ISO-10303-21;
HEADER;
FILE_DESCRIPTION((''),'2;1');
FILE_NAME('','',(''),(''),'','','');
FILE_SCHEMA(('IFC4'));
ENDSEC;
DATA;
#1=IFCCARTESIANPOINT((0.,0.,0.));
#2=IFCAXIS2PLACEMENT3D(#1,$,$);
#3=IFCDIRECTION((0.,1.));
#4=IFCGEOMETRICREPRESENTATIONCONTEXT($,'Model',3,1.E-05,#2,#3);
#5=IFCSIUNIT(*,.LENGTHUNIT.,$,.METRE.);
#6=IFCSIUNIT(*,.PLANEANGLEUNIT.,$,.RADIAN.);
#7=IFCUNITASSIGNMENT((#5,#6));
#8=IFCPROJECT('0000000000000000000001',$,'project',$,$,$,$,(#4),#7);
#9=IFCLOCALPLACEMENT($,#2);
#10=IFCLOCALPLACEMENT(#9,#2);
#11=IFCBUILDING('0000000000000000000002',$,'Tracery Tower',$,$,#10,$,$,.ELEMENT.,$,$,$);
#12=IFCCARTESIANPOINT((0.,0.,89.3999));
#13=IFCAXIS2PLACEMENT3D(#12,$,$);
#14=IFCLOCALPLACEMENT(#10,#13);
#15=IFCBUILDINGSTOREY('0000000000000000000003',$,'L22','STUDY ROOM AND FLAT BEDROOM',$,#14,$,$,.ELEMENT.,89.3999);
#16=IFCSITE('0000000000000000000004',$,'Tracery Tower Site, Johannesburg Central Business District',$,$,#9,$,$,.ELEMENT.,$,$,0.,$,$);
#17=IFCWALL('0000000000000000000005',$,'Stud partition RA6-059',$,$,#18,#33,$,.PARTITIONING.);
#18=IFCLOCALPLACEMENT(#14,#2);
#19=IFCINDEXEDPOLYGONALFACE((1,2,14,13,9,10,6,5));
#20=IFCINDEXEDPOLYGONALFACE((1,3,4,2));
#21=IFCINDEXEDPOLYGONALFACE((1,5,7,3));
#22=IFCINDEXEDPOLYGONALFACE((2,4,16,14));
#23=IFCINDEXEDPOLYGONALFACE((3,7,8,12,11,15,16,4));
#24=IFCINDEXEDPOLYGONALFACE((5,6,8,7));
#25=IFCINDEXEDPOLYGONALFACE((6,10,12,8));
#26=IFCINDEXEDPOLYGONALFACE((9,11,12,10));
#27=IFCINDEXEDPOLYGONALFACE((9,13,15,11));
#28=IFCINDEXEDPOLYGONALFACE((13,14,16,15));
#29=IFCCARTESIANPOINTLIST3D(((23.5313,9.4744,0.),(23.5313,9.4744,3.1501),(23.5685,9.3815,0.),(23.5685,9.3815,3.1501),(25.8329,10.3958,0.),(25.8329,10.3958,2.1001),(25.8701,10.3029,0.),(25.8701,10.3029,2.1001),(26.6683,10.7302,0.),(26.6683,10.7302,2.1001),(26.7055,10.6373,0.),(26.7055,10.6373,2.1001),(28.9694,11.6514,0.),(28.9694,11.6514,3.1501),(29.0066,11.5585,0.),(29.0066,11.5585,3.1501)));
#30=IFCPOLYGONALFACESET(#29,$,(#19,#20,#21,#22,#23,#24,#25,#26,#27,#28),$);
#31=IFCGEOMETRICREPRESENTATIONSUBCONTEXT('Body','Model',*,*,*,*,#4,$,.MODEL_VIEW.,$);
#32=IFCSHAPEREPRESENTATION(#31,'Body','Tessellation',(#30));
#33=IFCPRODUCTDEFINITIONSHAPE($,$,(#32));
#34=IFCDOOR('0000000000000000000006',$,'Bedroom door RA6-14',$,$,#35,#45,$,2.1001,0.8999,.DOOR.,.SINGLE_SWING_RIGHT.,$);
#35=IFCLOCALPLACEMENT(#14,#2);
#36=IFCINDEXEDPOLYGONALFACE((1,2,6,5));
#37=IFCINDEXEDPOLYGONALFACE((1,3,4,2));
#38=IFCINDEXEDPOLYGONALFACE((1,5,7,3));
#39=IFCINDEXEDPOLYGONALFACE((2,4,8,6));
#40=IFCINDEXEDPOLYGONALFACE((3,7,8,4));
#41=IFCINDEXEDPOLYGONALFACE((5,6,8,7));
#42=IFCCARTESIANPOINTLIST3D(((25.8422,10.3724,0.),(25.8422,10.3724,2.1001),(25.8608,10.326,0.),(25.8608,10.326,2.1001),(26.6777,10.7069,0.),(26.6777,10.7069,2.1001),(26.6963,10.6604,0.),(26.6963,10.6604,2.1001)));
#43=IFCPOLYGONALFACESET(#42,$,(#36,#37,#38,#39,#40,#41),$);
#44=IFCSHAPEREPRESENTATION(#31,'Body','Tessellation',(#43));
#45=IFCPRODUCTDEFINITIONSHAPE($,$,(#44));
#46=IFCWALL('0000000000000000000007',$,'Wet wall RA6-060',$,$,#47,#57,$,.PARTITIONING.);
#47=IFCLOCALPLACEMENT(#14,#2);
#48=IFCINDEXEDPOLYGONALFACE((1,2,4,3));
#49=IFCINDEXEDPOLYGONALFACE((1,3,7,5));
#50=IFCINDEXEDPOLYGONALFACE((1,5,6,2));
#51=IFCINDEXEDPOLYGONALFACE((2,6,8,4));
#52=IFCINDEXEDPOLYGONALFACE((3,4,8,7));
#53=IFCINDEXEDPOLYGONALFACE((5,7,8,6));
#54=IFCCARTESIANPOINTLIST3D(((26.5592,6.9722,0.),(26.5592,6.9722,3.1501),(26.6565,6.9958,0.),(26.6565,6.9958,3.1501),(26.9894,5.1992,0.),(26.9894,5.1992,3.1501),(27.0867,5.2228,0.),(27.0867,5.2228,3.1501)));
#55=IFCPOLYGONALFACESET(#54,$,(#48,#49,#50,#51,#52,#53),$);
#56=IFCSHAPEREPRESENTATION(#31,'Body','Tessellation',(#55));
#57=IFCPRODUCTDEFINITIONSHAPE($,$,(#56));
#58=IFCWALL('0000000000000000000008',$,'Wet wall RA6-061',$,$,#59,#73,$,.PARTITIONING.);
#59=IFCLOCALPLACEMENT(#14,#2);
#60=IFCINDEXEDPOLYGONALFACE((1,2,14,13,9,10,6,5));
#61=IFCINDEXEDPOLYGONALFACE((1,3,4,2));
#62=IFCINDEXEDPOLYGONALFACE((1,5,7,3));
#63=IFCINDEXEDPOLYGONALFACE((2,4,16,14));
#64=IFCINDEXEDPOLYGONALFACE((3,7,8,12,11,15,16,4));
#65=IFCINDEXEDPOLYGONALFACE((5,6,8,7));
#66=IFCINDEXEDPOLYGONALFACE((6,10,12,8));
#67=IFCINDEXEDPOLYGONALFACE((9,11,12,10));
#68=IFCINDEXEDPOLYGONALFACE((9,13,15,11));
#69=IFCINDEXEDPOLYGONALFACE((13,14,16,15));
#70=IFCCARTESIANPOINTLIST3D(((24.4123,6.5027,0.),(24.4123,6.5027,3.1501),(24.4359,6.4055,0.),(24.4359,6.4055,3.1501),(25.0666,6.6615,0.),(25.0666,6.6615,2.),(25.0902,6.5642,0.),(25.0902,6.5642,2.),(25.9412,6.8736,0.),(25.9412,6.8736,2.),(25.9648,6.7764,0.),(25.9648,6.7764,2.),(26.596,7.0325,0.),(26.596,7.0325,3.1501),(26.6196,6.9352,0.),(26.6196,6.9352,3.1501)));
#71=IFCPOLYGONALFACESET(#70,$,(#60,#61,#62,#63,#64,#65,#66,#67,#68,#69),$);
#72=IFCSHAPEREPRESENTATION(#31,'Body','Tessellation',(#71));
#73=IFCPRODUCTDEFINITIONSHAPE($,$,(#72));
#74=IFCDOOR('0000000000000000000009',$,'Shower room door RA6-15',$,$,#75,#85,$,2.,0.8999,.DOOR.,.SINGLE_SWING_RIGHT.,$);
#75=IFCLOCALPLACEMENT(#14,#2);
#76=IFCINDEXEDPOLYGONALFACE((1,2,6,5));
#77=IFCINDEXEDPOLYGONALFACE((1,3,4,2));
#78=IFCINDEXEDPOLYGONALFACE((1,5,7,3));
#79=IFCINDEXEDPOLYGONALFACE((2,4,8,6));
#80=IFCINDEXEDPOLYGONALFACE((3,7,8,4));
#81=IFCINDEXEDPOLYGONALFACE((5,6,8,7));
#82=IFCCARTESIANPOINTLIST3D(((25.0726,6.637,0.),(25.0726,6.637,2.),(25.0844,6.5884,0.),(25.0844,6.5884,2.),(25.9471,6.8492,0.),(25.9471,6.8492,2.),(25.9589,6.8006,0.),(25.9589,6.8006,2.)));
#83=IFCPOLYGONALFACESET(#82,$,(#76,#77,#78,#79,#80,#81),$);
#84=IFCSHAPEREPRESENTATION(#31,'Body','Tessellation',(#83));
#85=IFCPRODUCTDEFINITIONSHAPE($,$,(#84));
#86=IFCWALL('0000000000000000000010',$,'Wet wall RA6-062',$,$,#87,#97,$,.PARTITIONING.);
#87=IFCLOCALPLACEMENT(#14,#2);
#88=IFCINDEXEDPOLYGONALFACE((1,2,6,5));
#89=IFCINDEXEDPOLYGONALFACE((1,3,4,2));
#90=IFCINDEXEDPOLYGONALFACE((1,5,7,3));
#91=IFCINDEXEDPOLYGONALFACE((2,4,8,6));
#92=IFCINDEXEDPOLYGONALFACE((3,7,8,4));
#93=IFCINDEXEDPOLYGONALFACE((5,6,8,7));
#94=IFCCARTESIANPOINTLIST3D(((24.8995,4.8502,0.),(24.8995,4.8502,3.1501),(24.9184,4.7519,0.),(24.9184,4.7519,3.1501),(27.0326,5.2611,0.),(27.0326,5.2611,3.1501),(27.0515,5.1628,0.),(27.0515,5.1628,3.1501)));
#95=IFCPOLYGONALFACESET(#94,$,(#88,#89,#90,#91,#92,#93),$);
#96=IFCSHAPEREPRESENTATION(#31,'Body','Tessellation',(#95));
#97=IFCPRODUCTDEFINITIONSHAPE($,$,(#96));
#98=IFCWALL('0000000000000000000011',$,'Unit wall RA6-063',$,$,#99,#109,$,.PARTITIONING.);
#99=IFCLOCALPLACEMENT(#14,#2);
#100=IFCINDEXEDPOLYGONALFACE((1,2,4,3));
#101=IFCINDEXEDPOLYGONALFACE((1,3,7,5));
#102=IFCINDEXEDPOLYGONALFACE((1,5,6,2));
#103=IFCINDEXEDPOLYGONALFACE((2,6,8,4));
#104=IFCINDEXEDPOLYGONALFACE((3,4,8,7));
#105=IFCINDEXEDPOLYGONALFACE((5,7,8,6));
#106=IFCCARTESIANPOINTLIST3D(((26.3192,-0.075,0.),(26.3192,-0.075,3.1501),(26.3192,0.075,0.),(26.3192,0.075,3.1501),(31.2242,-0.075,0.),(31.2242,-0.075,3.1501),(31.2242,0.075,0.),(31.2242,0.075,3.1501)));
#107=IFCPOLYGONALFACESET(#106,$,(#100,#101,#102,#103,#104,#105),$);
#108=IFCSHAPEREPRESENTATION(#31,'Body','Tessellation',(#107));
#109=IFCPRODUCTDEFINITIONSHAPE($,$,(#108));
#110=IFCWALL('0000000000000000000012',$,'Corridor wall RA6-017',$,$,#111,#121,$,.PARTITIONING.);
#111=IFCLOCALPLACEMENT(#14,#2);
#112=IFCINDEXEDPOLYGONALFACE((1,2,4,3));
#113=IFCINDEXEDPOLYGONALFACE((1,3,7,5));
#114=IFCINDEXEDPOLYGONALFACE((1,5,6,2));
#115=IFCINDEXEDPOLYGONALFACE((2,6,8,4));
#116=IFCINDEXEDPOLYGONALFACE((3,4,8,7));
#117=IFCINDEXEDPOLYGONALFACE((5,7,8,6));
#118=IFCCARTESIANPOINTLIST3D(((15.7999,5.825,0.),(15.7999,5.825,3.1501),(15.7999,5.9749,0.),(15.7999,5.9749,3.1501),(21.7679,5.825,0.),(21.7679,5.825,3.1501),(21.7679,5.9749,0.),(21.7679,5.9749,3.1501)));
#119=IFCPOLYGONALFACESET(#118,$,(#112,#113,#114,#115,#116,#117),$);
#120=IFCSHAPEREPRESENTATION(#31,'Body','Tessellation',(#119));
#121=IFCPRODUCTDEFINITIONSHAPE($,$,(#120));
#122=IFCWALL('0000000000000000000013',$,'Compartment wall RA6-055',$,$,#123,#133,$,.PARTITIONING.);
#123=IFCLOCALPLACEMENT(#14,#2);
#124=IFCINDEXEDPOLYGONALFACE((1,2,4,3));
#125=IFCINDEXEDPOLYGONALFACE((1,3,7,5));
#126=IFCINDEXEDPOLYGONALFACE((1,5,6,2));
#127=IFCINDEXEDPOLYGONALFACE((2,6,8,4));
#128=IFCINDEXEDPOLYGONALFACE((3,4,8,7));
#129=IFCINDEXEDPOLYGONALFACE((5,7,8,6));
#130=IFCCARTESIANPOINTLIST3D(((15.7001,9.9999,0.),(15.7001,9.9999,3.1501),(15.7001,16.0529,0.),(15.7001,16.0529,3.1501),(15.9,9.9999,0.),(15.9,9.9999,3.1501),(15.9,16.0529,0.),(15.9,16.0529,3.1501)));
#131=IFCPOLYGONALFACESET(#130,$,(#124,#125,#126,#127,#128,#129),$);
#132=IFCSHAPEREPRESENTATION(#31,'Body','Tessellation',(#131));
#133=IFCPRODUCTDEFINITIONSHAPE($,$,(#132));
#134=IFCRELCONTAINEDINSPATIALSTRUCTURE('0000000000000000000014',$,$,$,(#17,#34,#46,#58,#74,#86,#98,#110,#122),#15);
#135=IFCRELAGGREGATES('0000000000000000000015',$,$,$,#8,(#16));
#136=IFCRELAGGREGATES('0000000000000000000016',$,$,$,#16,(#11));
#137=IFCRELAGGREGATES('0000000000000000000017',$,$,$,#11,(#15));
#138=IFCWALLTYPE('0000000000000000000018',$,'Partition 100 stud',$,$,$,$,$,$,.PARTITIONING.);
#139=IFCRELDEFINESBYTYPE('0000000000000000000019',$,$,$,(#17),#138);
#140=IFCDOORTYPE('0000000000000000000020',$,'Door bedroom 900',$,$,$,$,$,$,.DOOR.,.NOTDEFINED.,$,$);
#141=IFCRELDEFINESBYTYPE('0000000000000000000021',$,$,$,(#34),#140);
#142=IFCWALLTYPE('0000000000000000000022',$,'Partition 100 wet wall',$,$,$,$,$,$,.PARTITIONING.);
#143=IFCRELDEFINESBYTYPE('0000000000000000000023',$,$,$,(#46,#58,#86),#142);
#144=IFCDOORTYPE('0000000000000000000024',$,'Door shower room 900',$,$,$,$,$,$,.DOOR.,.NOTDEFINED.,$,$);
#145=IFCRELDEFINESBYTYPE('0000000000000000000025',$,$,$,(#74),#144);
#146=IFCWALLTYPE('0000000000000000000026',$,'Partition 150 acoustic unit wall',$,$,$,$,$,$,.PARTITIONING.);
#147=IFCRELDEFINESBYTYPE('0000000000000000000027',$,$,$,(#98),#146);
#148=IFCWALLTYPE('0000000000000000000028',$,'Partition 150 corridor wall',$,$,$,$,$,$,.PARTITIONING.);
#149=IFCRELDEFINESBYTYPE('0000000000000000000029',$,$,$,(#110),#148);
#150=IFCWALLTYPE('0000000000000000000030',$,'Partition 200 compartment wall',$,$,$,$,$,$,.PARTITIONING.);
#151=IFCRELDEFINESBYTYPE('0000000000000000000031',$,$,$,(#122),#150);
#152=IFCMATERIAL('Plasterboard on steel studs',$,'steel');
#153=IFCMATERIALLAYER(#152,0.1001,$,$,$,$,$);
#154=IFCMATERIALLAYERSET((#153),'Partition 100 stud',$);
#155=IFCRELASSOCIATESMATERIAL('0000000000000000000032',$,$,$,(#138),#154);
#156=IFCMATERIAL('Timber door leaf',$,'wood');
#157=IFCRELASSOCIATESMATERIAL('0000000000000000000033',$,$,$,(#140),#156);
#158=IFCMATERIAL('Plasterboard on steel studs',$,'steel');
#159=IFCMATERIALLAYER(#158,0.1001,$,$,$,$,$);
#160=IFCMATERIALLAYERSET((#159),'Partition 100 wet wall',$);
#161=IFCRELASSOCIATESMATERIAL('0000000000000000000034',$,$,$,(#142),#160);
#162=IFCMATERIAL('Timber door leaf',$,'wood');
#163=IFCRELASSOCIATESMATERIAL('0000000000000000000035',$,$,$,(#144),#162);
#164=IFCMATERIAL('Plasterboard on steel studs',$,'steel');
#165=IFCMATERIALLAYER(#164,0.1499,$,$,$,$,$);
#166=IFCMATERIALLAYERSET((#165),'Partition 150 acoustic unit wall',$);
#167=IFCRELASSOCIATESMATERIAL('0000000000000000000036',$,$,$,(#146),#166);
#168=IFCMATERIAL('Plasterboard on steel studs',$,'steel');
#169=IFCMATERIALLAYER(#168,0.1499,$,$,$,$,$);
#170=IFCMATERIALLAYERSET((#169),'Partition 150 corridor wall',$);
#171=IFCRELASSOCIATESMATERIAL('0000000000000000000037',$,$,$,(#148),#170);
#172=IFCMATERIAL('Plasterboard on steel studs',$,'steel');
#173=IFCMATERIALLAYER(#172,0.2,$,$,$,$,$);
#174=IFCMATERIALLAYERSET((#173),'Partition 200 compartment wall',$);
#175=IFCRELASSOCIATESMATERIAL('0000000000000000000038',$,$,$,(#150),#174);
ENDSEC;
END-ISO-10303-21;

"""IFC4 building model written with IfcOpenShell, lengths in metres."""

from ifc_helpers import new_model, si_unit, direction, frame, frame_2d, origin, place, context, subcontext, project, spatial, rectangle, extrude, material, layer, layer_set, type_object, element, fill, save


model = new_model("IFC4")

# Units and contexts
model_context = context("Model", 3, precision=1e-05, world=origin(), true_north=direction((0.0, 1.0)))
body_context = subcontext(model_context, "Body", "Model", "MODEL_VIEW")
ifc_project = project(units=[si_unit("LENGTHUNIT", "METRE"), si_unit("PLANEANGLEUNIT", "RADIAN")], contexts=[model_context])

# Site, building, storey
site_placement = place(None, origin())
site = spatial("IfcSite", under=ifc_project, at=site_placement, Name="Tracery Tower Site, Johannesburg Central Business District", CompositionType="ELEMENT", RefElevation=0.0)
building_placement = place(site_placement, origin())
building = spatial("IfcBuilding", under=site, at=building_placement, Name="Tracery Tower", CompositionType="ELEMENT")
storey_placement = place(building_placement, frame((0.0, 0.0, 89.3999)))
storey = spatial("IfcBuildingStorey", under=building, at=storey_placement, Name="L22", Description="STUDY ROOM AND FLAT BEDROOM", CompositionType="ELEMENT", Elevation=89.3999)

# Wall, opening, door
ifc_material_1 = material(Name="Plasterboard on steel studs", Category="steel")
ifc_layer_1 = layer(ifc_material_1, 0.1001)
ifc_layer_set_1 = layer_set([ifc_layer_1], Name="Partition 100 stud")
wall_type_1 = type_object("IfcWallType", Name="Partition 100 stud", PredefinedType="PARTITIONING", material=ifc_layer_set_1)
ifc_material_2 = material(Name="Timber door leaf", Category="wood")
door_type_1 = type_object("IfcDoorType", Name="Door bedroom 900", OperationType="NOTDEFINED", PredefinedType="DOOR", material=ifc_material_2)
wall_1_placement = place(storey_placement, frame((23.55, 9.428, 0.0), z_axis=(0.0, 0.0, 1.0), x_axis=(0.92837, 0.371657, 0.0)))
wall_1 = element("IfcWall", 1, at=wall_1_placement, inside=storey, type_object=wall_type_1, Name="Stud partition RA6-059", PredefinedType="PARTITIONING", context=body_context, shape_type="SweptSolid", body=[
    extrude(rectangle(XDim=5.8577, YDim=0.1001, at=frame_2d((2.9287, 0.0))), origin(), (0.0, 0.0, 1.0), 3.1501),
])
opening_1_placement = place(wall_1_placement, frame((2.479, 0.0, 0.0)))
opening_1 = element("IfcOpeningElement", 2, at=opening_1_placement, cuts=wall_1, PredefinedType="OPENING", context=body_context, shape_type="SweptSolid", body=[
    extrude(rectangle(XDim=0.8999, YDim=2.1001, at=frame_2d((0.45, 1.05))), frame((0.0, 0.05, 0.0), z_axis=(0.0, -1.0, 0.0), x_axis=(1.0, 0.0, 0.0)), (0.0, 0.0, 1.0), 0.1001),
])
door_1_placement = place(opening_1_placement, origin())
door_1 = element("IfcDoor", 3, at=door_1_placement, inside=storey, type_object=door_type_1, Name="Bedroom door RA6-14", OperationType="SINGLE_SWING_RIGHT", OverallHeight=2.1001, OverallWidth=0.8999, PredefinedType="DOOR", context=body_context, shape_type="SweptSolid", body=[
    extrude(rectangle(XDim=0.8999, YDim=2.1001, at=frame_2d((0.45, 1.05))), frame((0.0, 0.0249, 0.0), z_axis=(0.0, -1.0, 0.0), x_axis=(1.0, 0.0, 0.0)), (0.0, 0.0, 1.0), 0.05),
])
fill(opening_1, door_1)

# Wall
ifc_material_3 = material(Name="Plasterboard on steel studs", Category="steel")
ifc_layer_2 = layer(ifc_material_3, 0.1001)
ifc_layer_set_2 = layer_set([ifc_layer_2], Name="Partition 100 wet wall")
wall_type_2 = type_object("IfcWallType", Name="Partition 100 wet wall", PredefinedType="PARTITIONING", material=ifc_layer_set_2)
wall_2_placement = place(storey_placement, frame((26.6079, 6.9839, 0.0), z_axis=(0.0, 0.0, 1.0), x_axis=(0.235792, -0.971804, 0.0)))
element("IfcWall", 4, at=wall_2_placement, inside=storey, type_object=wall_type_2, Name="Wet wall RA6-060", PredefinedType="PARTITIONING", context=body_context, shape_type="SweptSolid", body=[
    extrude(rectangle(XDim=1.8245, YDim=0.1001, at=frame_2d((0.9121, 0.0))), origin(), (0.0, 0.0, 1.0), 3.1501),
])

# Wall, opening, door
wall_3_placement = place(storey_placement, frame((24.4241, 6.4541, 0.0), z_axis=(0.0, 0.0, 1.0), x_axis=(0.971812, 0.235755, 0.0)))
wall_3 = element("IfcWall", 5, at=wall_3_placement, inside=storey, type_object=wall_type_2, Name="Wet wall RA6-061", PredefinedType="PARTITIONING", context=body_context, shape_type="SweptSolid", body=[
    extrude(rectangle(XDim=2.2471, YDim=0.1001, at=frame_2d((1.1235, 0.0))), origin(), (0.0, 0.0, 1.0), 3.1501),
])
opening_2_placement = place(wall_3_placement, frame((0.6733, 0.0, 0.0)))
opening_2 = element("IfcOpeningElement", 6, at=opening_2_placement, cuts=wall_3, PredefinedType="OPENING", context=body_context, shape_type="SweptSolid", body=[
    extrude(rectangle(XDim=0.8999, YDim=2.0, at=frame_2d((0.45, 1.0))), frame((0.0, 0.05, 0.0), z_axis=(0.0, -1.0, 0.0), x_axis=(1.0, 0.0, 0.0)), (0.0, 0.0, 1.0), 0.1001),
])
ifc_material_4 = material(Name="Timber door leaf", Category="wood")
door_type_2 = type_object("IfcDoorType", Name="Door shower room 900", OperationType="NOTDEFINED", PredefinedType="DOOR", material=ifc_material_4)
door_2_placement = place(opening_2_placement, origin())
door_2 = element("IfcDoor", 7, at=door_2_placement, inside=storey, type_object=door_type_2, Name="Shower room door RA6-15", OperationType="SINGLE_SWING_RIGHT", OverallHeight=2.0, OverallWidth=0.8999, PredefinedType="DOOR", context=body_context, shape_type="SweptSolid", body=[
    extrude(rectangle(XDim=0.8999, YDim=2.0, at=frame_2d((0.45, 1.0))), frame((0.0, 0.0249, 0.0), z_axis=(0.0, -1.0, 0.0), x_axis=(1.0, 0.0, 0.0)), (0.0, 0.0, 1.0), 0.05),
])
fill(opening_2, door_2)

# Walls
wall_4_placement = place(storey_placement, frame((24.9089, 4.801, 0.0), z_axis=(0.0, 0.0, 1.0), x_axis=(0.981948, 0.189152, 0.0)))
element("IfcWall", 8, at=wall_4_placement, inside=storey, type_object=wall_type_2, Name="Wet wall RA6-062", PredefinedType="PARTITIONING", context=body_context, shape_type="SweptSolid", body=[
    extrude(rectangle(XDim=2.1724, YDim=0.1001, at=frame_2d((1.0862, 0.0))), origin(), (0.0, 0.0, 1.0), 3.1501),
])
ifc_material_5 = material(Name="Plasterboard on steel studs", Category="steel")
ifc_layer_3 = layer(ifc_material_5, 0.1499)
ifc_layer_set_3 = layer_set([ifc_layer_3], Name="Partition 150 acoustic unit wall")
wall_type_3 = type_object("IfcWallType", Name="Partition 150 acoustic unit wall", PredefinedType="PARTITIONING", material=ifc_layer_set_3)
wall_5_placement = place(storey_placement, frame((26.3191, 0.0, 0.0), z_axis=(0.0, 0.0, 1.0), x_axis=(1.0, 0.0, 0.0)))
element("IfcWall", 9, at=wall_5_placement, inside=storey, type_object=wall_type_3, Name="Unit wall RA6-063", PredefinedType="PARTITIONING", context=body_context, shape_type="SweptSolid", body=[
    extrude(rectangle(XDim=4.905, YDim=0.1499, at=frame_2d((2.4526, 0.0))), origin(), (0.0, 0.0, 1.0), 3.1501),
])
ifc_material_6 = material(Name="Plasterboard on steel studs", Category="steel")
ifc_layer_4 = layer(ifc_material_6, 0.1499)
ifc_layer_set_4 = layer_set([ifc_layer_4], Name="Partition 150 corridor wall")
wall_type_4 = type_object("IfcWallType", Name="Partition 150 corridor wall", PredefinedType="PARTITIONING", material=ifc_layer_set_4)
wall_6_placement = place(storey_placement, frame((15.8, 5.8999, 0.0), z_axis=(0.0, 0.0, 1.0), x_axis=(1.0, 0.0, 0.0)))
element("IfcWall", 10, at=wall_6_placement, inside=storey, type_object=wall_type_4, Name="Corridor wall RA6-017", PredefinedType="PARTITIONING", context=body_context, shape_type="SweptSolid", body=[
    extrude(rectangle(XDim=5.968, YDim=0.1499, at=frame_2d((2.9839, 0.0))), origin(), (0.0, 0.0, 1.0), 3.1501),
])
ifc_material_7 = material(Name="Plasterboard on steel studs", Category="steel")
ifc_layer_5 = layer(ifc_material_7, 0.2)
ifc_layer_set_5 = layer_set([ifc_layer_5], Name="Partition 200 compartment wall")
wall_type_5 = type_object("IfcWallType", Name="Partition 200 compartment wall", PredefinedType="PARTITIONING", material=ifc_layer_set_5)
wall_7_placement = place(storey_placement, frame((15.8, 10.0, 0.0), z_axis=(0.0, 0.0, 1.0), x_axis=(0.0, 1.0, 0.0)))
element("IfcWall", 11, at=wall_7_placement, inside=storey, type_object=wall_type_5, Name="Compartment wall RA6-055", PredefinedType="PARTITIONING", context=body_context, shape_type="SweptSolid", body=[
    extrude(rectangle(XDim=6.053, YDim=0.2, at=frame_2d((3.0264, 0.0))), origin(), (0.0, 0.0, 1.0), 3.1501),
])

save(model, "model.ifc")
